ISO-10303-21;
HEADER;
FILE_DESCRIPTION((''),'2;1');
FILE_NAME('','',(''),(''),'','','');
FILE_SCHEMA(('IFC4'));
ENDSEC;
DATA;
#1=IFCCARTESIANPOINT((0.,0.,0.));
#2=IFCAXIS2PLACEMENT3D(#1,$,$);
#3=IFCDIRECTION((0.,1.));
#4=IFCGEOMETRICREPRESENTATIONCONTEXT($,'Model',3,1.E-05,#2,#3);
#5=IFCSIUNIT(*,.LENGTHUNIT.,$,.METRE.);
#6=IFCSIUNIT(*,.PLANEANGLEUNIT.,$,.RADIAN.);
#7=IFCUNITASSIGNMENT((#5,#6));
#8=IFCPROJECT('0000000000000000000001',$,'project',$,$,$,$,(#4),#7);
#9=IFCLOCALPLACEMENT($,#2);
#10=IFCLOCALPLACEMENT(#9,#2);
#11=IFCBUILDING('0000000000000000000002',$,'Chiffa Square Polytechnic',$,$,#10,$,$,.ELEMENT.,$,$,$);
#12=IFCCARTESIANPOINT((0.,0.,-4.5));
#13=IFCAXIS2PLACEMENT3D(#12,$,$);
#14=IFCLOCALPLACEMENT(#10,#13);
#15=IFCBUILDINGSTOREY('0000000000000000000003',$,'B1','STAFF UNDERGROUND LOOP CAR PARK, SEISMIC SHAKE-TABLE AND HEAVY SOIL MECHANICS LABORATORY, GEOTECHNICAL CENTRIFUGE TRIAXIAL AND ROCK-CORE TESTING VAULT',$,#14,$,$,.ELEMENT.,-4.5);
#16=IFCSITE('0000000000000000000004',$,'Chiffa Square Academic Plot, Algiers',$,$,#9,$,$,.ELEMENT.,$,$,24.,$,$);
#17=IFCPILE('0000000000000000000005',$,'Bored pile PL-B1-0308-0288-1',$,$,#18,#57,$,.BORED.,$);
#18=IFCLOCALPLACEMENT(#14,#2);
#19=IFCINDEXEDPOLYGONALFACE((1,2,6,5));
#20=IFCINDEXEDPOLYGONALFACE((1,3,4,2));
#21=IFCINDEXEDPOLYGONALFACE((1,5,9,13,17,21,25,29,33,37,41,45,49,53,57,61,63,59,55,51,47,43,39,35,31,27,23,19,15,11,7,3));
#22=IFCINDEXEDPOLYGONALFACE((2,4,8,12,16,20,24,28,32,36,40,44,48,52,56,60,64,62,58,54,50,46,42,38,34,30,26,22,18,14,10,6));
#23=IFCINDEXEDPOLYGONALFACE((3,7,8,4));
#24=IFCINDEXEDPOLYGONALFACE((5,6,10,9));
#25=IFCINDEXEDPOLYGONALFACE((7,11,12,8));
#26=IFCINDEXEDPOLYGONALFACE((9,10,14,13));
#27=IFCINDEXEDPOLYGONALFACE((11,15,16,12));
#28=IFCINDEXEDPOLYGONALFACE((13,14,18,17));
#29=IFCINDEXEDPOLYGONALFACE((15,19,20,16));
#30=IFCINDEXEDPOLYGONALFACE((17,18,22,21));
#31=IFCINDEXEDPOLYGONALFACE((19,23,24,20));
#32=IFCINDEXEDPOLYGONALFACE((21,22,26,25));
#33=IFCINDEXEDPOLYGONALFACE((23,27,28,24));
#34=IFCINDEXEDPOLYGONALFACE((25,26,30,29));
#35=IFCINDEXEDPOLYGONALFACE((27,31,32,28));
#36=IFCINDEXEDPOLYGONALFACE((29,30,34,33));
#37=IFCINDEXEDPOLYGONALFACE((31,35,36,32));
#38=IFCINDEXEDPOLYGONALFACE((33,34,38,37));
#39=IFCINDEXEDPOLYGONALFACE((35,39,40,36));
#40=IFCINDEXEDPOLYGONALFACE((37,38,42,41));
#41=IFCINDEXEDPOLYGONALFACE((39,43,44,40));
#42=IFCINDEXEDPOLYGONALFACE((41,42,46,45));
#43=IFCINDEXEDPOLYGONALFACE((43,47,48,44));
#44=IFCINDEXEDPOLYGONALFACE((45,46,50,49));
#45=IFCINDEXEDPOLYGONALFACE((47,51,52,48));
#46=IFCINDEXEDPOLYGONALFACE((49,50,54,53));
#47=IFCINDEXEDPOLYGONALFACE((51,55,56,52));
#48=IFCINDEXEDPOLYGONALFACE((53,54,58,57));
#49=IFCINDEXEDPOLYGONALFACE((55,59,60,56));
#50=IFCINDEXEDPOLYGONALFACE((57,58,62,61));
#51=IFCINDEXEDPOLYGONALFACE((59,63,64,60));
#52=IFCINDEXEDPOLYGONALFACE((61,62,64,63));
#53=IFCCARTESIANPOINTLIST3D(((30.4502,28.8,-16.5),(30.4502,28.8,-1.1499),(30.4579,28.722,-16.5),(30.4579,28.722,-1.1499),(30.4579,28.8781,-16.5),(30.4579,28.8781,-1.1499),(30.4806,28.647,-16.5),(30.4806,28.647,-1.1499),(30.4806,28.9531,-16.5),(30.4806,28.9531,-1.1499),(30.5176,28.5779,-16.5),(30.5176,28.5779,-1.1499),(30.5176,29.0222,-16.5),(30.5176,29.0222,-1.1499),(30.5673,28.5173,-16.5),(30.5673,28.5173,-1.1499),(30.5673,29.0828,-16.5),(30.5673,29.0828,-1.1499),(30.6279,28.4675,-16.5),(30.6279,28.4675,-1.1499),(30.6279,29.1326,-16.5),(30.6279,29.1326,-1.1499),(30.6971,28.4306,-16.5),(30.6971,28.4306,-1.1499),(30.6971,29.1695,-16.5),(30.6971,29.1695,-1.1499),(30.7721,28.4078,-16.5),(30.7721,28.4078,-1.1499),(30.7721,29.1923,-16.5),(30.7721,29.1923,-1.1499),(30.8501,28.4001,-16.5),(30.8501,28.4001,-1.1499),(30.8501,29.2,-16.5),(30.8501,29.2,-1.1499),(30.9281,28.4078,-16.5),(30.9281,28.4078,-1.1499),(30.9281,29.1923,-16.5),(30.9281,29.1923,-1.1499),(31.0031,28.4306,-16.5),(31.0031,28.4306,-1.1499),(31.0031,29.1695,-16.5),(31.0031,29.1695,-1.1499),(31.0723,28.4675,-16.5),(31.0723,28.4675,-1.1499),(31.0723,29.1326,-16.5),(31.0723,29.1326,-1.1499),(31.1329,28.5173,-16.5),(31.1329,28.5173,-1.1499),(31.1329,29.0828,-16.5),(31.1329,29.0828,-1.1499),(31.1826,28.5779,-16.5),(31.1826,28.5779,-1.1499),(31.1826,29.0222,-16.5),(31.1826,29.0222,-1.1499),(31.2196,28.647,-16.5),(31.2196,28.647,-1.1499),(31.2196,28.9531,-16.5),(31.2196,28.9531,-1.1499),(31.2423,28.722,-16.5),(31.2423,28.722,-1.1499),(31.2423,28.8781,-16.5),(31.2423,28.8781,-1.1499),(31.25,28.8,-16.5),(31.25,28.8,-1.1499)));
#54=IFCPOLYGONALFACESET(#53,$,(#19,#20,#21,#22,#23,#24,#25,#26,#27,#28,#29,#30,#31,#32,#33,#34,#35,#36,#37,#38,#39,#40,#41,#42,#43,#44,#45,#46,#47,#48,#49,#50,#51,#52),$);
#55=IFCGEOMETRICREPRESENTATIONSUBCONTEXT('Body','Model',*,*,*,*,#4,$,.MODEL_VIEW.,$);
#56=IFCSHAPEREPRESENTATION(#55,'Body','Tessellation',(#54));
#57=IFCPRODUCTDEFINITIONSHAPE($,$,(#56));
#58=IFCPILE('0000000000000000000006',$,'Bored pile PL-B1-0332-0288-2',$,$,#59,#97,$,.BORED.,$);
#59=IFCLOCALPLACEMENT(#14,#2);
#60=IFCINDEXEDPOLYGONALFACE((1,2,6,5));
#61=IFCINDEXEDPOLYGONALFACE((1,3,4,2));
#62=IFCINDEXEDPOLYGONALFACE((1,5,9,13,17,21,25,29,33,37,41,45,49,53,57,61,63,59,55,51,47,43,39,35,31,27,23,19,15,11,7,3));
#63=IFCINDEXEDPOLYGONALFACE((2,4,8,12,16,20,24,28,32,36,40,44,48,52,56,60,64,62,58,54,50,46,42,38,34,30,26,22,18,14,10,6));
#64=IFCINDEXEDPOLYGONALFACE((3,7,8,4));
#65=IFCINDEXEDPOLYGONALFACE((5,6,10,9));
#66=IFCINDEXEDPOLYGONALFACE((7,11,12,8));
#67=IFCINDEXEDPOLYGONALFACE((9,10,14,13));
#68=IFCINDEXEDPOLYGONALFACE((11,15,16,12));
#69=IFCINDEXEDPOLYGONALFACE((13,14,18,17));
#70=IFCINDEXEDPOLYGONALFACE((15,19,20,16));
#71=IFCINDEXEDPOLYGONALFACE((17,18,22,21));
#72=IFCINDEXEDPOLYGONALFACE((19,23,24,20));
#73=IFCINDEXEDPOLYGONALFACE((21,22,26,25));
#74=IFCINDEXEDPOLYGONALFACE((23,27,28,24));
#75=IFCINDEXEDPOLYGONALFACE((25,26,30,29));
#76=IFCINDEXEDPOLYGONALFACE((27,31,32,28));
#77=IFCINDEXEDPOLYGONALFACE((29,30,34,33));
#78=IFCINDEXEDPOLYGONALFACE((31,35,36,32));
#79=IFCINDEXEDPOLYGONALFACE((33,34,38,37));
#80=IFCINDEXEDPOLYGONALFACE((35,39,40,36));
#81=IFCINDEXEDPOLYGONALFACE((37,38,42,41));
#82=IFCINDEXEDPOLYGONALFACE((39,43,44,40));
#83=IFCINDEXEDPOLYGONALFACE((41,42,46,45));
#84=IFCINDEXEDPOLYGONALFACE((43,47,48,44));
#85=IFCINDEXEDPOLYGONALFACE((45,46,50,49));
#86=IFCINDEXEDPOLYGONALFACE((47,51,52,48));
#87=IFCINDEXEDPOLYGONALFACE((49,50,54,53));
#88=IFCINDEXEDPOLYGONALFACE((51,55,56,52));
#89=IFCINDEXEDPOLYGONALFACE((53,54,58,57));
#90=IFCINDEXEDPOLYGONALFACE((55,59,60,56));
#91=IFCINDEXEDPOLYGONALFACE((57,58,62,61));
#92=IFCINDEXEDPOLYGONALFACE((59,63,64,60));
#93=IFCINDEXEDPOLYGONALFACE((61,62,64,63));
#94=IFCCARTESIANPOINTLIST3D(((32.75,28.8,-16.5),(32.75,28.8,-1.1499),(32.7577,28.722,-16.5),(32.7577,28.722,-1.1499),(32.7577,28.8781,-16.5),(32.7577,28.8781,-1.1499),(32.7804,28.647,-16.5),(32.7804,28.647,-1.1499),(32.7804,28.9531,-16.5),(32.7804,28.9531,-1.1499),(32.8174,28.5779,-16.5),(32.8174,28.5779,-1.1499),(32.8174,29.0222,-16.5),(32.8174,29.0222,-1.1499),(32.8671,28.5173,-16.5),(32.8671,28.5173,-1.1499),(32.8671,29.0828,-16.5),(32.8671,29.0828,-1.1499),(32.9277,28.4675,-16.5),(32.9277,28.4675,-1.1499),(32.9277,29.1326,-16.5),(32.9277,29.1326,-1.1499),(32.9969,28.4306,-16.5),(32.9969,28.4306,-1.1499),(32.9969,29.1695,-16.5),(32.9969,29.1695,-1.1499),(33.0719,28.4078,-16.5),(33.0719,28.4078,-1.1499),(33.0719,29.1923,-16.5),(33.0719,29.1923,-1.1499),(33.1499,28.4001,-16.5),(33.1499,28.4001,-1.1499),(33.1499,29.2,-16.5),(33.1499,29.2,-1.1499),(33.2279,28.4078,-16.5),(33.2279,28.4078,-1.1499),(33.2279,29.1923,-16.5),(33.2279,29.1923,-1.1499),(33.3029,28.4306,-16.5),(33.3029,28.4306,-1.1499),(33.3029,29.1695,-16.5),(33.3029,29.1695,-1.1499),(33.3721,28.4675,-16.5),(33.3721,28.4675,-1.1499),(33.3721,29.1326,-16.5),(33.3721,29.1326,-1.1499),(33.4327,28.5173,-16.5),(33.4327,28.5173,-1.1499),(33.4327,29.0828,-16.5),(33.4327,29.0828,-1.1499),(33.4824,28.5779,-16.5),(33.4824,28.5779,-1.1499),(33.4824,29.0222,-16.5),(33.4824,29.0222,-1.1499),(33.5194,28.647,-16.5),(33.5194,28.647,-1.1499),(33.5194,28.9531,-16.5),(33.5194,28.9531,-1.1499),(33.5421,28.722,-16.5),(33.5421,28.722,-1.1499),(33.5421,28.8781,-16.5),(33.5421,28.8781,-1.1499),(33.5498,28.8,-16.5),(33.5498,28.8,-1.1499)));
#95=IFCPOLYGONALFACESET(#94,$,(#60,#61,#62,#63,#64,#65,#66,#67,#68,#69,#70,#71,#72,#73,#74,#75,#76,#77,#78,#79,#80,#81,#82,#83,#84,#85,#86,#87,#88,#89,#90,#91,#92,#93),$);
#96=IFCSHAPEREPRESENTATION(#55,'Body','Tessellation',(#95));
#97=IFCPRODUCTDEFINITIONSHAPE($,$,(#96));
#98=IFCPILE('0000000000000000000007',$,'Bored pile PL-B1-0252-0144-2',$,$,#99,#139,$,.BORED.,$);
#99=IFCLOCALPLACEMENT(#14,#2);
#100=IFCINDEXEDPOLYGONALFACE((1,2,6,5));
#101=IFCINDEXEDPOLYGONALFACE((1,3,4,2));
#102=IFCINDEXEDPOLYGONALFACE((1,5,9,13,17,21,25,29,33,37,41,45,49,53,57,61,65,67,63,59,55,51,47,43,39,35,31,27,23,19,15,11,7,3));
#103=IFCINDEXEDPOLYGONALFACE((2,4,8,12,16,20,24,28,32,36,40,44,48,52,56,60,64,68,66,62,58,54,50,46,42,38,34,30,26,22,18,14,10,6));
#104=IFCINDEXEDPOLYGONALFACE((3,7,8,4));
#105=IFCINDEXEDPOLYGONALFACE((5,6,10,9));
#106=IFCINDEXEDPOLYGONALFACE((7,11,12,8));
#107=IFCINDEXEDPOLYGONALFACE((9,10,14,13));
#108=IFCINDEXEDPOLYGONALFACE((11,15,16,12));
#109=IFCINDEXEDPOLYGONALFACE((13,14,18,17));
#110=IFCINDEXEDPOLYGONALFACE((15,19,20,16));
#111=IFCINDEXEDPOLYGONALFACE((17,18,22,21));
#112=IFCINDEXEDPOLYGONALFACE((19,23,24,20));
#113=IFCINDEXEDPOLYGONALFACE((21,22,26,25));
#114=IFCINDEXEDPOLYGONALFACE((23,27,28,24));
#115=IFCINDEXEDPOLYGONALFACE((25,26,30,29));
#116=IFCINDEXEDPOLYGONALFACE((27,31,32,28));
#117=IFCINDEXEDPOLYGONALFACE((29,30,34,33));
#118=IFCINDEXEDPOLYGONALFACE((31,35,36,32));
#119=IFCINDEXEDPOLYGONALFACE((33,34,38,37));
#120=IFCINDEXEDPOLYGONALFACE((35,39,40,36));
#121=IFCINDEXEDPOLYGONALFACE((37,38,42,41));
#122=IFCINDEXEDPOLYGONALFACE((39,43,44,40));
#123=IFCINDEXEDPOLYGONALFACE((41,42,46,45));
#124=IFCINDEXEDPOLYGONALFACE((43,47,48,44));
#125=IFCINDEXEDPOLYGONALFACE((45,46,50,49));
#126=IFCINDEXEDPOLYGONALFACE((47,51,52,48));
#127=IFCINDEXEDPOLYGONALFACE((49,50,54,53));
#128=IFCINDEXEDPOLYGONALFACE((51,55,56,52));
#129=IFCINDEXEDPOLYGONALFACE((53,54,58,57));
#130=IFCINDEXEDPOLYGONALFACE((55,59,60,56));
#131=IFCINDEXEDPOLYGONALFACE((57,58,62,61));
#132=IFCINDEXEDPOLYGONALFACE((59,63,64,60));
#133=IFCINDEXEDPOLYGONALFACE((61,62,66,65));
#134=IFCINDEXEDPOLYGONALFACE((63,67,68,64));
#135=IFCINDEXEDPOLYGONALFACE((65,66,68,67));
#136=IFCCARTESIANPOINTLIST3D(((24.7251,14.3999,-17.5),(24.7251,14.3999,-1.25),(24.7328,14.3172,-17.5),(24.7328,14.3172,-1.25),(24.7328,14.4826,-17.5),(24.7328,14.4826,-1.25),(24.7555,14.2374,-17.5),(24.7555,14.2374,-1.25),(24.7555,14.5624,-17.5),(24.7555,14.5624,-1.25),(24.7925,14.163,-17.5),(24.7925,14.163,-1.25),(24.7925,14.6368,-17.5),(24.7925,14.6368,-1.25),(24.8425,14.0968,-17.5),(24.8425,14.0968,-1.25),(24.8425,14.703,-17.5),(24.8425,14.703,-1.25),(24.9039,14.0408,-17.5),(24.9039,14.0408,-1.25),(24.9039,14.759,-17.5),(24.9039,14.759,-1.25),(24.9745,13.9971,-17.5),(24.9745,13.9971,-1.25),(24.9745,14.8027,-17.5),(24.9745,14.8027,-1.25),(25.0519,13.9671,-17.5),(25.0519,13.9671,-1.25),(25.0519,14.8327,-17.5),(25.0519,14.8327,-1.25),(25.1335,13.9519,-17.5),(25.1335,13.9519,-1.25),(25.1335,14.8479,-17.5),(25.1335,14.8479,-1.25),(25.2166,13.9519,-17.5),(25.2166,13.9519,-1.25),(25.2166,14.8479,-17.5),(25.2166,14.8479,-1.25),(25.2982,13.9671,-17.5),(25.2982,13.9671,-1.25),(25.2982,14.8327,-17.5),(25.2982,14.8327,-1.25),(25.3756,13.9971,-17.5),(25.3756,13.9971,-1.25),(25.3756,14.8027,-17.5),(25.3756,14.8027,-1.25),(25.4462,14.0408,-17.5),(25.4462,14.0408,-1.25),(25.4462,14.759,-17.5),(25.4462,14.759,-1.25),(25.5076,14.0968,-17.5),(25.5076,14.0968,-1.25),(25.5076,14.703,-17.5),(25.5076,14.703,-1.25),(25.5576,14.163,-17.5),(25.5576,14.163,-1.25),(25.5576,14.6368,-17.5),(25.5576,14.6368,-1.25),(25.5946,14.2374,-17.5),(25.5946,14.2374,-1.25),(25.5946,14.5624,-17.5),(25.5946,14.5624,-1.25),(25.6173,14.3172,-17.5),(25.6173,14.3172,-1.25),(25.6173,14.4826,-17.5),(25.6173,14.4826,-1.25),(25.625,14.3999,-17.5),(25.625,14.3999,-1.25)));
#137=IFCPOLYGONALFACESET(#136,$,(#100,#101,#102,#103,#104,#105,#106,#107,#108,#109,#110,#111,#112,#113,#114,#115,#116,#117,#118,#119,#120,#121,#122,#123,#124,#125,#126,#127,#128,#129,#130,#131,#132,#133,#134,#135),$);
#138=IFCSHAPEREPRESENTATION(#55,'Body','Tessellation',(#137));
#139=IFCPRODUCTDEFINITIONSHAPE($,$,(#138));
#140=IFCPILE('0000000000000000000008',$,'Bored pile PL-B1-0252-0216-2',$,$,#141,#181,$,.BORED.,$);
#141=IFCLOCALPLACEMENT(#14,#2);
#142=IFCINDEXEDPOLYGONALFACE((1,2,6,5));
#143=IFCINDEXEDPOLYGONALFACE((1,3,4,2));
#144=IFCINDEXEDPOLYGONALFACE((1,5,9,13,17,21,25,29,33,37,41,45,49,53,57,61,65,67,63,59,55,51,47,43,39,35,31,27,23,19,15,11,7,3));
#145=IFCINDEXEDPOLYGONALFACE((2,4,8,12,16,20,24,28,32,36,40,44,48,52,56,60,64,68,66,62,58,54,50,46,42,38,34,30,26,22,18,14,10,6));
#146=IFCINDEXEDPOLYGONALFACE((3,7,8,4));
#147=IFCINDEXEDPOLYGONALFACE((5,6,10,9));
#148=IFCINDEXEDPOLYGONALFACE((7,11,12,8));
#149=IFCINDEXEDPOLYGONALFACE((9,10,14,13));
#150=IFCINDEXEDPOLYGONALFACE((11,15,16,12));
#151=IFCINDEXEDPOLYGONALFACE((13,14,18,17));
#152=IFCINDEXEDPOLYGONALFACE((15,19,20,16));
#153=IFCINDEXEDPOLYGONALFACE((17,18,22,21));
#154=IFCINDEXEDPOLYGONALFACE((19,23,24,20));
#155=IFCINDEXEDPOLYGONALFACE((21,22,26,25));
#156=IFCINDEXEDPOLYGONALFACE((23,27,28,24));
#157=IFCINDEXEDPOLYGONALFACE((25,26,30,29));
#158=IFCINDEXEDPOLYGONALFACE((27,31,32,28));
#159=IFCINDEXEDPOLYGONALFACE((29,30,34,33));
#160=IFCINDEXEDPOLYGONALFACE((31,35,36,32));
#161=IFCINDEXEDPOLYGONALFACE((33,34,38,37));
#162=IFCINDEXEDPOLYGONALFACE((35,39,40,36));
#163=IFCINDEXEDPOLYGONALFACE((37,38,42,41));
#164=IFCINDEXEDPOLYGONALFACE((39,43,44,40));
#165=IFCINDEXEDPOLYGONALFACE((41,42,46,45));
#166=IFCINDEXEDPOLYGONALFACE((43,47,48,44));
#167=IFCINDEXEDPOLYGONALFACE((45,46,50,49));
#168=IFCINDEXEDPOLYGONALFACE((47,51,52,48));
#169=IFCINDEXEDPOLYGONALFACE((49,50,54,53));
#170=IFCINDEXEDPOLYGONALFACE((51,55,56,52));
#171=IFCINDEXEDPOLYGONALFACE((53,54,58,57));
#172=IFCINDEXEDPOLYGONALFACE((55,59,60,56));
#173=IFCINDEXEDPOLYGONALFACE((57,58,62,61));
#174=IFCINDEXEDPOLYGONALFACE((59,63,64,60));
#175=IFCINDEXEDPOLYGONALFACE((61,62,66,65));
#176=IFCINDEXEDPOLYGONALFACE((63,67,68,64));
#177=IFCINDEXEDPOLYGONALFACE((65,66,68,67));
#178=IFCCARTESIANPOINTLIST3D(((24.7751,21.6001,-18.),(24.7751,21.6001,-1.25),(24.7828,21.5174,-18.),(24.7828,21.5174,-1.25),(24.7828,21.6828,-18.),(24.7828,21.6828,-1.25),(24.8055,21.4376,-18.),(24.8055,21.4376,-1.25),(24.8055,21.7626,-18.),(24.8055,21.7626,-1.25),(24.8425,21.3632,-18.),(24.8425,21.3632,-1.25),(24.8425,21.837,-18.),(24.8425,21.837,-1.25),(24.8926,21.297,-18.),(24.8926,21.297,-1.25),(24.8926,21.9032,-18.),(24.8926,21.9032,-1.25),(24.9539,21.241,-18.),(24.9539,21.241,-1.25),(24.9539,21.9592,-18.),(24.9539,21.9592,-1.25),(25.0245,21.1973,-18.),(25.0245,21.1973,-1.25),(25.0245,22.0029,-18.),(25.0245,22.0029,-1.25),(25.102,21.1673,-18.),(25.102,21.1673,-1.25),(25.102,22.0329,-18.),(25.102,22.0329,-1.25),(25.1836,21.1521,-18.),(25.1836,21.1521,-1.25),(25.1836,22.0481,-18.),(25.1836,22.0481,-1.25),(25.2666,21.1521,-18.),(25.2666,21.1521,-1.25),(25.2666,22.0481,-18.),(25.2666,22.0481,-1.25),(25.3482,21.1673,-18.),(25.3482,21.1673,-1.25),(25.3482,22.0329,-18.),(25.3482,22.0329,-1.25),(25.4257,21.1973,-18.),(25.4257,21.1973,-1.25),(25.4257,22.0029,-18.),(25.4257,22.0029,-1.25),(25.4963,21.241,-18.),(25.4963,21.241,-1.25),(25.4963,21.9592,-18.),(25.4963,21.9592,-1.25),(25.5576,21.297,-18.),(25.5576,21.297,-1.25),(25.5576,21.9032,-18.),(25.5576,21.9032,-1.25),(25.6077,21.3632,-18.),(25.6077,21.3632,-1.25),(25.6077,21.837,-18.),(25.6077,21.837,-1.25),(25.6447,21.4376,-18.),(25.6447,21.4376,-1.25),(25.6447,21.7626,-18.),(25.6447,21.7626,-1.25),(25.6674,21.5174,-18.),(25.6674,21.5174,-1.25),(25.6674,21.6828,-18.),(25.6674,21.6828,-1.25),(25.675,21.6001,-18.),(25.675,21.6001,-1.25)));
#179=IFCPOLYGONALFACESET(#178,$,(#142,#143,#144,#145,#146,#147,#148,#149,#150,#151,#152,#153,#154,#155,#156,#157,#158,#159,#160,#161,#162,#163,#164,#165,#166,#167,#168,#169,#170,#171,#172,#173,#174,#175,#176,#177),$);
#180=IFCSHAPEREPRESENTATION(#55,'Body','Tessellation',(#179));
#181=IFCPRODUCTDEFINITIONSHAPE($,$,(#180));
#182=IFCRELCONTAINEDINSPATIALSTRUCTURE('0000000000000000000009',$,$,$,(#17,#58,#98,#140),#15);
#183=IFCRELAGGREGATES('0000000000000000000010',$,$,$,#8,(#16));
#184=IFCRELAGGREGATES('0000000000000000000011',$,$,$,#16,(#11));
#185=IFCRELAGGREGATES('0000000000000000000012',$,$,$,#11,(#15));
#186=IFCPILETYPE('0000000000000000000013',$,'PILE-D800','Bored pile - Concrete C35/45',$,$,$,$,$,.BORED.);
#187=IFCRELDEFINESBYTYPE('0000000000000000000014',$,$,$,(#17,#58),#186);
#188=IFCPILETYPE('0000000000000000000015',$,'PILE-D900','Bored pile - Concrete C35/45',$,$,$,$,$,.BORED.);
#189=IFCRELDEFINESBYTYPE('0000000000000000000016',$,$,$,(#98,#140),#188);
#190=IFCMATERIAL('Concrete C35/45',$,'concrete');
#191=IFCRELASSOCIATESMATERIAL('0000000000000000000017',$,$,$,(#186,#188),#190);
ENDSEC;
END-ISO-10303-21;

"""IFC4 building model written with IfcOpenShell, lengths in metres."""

from ifc_helpers import new_model, si_unit, direction, frame, origin, origin_2d, place, context, subcontext, project, spatial, circle, extrude, material, material_profile, profile_set, type_object, element, save


model = new_model("IFC4")

# Units and contexts
model_context = context("Model", 3, precision=1e-05, world=origin(), true_north=direction((0.0, 1.0)))
body_context = subcontext(model_context, "Body", "Model", "MODEL_VIEW")
ifc_project = project(units=[si_unit("LENGTHUNIT", "METRE"), si_unit("PLANEANGLEUNIT", "RADIAN")], contexts=[model_context])

# Site, building, storey
site_placement = place(None, origin())
site = spatial("IfcSite", under=ifc_project, at=site_placement, Name="Chiffa Square Academic Plot, Algiers", CompositionType="ELEMENT", RefElevation=24.0)
building_placement = place(site_placement, origin())
building = spatial("IfcBuilding", under=site, at=building_placement, Name="Chiffa Square Polytechnic", CompositionType="ELEMENT")
storey_placement = place(building_placement, frame((0.0, 0.0, -4.5)))
storey = spatial("IfcBuildingStorey", under=building, at=storey_placement, Name="B1", Description="STAFF UNDERGROUND LOOP CAR PARK, SEISMIC SHAKE-TABLE AND HEAVY SOIL MECHANICS LABORATORY, GEOTECHNICAL CENTRIFUGE TRIAXIAL AND ROCK-CORE TESTING VAULT", CompositionType="ELEMENT", Elevation=-4.5)

# Shared definitions
ifc_material = material(Name="Concrete C35/45", Category="concrete")

# Piles
ifc_material_profile_1 = material_profile(ifc_material, circle(Radius=0.3999, at=origin_2d()), Name="PILE D800")
ifc_profile_set_1 = profile_set([ifc_material_profile_1], Name="Concrete C35/45")
pile_type_1 = type_object("IfcPileType", Name="PILE-D800", Description="Bored pile - Concrete C35/45", PredefinedType="BORED", material=ifc_profile_set_1)
for number, where, z_axis, x_axis, name in (
    (1, (30.8501, 28.8, -1.1499), (0.0, 0.0, -1.0), (1.0, 0.0, 0.0), "Bored pile PL-B1-0308-0288-1"),
    (2, (33.1499, 28.8, -1.1499), (0.0, 0.0, -1.0), (1.0, 0.0, 0.0), "Bored pile PL-B1-0332-0288-2"),
):
    element("IfcPile", number, at=place(storey_placement, frame(where, z_axis=z_axis, x_axis=x_axis)), inside=storey, type_object=pile_type_1, Name=name, PredefinedType="BORED", context=body_context, shape_type="SweptSolid", body=[
        extrude(circle(Radius=0.3999, at=origin_2d()), origin(), (0.0, 0.0, 1.0), 15.3501),
    ])
ifc_material_profile_2 = material_profile(ifc_material, circle(Radius=0.45, at=origin_2d()), Name="PILE D900")
ifc_profile_set_2 = profile_set([ifc_material_profile_2], Name="Concrete C35/45")
pile_type_2 = type_object("IfcPileType", Name="PILE-D900", Description="Bored pile - Concrete C35/45", PredefinedType="BORED", material=ifc_profile_set_2)
pile_1_placement = place(storey_placement, frame((25.175, 14.3999, -1.25), z_axis=(0.0, 0.0, -1.0), x_axis=(1.0, 0.0, 0.0)))
element("IfcPile", 3, at=pile_1_placement, inside=storey, type_object=pile_type_2, Name="Bored pile PL-B1-0252-0144-2", PredefinedType="BORED", context=body_context, shape_type="SweptSolid", body=[
    extrude(circle(Radius=0.45, at=origin_2d()), origin(), (0.0, 0.0, 1.0), 16.25),
])
pile_2_placement = place(storey_placement, frame((25.2251, 21.6001, -1.25), z_axis=(0.0, 0.0, -1.0), x_axis=(1.0, 0.0, 0.0)))
element("IfcPile", 4, at=pile_2_placement, inside=storey, type_object=pile_type_2, Name="Bored pile PL-B1-0252-0216-2", PredefinedType="BORED", context=body_context, shape_type="SweptSolid", body=[
    extrude(circle(Radius=0.45, at=origin_2d()), origin(), (0.0, 0.0, 1.0), 16.75),
])

save(model, "model.ifc")
